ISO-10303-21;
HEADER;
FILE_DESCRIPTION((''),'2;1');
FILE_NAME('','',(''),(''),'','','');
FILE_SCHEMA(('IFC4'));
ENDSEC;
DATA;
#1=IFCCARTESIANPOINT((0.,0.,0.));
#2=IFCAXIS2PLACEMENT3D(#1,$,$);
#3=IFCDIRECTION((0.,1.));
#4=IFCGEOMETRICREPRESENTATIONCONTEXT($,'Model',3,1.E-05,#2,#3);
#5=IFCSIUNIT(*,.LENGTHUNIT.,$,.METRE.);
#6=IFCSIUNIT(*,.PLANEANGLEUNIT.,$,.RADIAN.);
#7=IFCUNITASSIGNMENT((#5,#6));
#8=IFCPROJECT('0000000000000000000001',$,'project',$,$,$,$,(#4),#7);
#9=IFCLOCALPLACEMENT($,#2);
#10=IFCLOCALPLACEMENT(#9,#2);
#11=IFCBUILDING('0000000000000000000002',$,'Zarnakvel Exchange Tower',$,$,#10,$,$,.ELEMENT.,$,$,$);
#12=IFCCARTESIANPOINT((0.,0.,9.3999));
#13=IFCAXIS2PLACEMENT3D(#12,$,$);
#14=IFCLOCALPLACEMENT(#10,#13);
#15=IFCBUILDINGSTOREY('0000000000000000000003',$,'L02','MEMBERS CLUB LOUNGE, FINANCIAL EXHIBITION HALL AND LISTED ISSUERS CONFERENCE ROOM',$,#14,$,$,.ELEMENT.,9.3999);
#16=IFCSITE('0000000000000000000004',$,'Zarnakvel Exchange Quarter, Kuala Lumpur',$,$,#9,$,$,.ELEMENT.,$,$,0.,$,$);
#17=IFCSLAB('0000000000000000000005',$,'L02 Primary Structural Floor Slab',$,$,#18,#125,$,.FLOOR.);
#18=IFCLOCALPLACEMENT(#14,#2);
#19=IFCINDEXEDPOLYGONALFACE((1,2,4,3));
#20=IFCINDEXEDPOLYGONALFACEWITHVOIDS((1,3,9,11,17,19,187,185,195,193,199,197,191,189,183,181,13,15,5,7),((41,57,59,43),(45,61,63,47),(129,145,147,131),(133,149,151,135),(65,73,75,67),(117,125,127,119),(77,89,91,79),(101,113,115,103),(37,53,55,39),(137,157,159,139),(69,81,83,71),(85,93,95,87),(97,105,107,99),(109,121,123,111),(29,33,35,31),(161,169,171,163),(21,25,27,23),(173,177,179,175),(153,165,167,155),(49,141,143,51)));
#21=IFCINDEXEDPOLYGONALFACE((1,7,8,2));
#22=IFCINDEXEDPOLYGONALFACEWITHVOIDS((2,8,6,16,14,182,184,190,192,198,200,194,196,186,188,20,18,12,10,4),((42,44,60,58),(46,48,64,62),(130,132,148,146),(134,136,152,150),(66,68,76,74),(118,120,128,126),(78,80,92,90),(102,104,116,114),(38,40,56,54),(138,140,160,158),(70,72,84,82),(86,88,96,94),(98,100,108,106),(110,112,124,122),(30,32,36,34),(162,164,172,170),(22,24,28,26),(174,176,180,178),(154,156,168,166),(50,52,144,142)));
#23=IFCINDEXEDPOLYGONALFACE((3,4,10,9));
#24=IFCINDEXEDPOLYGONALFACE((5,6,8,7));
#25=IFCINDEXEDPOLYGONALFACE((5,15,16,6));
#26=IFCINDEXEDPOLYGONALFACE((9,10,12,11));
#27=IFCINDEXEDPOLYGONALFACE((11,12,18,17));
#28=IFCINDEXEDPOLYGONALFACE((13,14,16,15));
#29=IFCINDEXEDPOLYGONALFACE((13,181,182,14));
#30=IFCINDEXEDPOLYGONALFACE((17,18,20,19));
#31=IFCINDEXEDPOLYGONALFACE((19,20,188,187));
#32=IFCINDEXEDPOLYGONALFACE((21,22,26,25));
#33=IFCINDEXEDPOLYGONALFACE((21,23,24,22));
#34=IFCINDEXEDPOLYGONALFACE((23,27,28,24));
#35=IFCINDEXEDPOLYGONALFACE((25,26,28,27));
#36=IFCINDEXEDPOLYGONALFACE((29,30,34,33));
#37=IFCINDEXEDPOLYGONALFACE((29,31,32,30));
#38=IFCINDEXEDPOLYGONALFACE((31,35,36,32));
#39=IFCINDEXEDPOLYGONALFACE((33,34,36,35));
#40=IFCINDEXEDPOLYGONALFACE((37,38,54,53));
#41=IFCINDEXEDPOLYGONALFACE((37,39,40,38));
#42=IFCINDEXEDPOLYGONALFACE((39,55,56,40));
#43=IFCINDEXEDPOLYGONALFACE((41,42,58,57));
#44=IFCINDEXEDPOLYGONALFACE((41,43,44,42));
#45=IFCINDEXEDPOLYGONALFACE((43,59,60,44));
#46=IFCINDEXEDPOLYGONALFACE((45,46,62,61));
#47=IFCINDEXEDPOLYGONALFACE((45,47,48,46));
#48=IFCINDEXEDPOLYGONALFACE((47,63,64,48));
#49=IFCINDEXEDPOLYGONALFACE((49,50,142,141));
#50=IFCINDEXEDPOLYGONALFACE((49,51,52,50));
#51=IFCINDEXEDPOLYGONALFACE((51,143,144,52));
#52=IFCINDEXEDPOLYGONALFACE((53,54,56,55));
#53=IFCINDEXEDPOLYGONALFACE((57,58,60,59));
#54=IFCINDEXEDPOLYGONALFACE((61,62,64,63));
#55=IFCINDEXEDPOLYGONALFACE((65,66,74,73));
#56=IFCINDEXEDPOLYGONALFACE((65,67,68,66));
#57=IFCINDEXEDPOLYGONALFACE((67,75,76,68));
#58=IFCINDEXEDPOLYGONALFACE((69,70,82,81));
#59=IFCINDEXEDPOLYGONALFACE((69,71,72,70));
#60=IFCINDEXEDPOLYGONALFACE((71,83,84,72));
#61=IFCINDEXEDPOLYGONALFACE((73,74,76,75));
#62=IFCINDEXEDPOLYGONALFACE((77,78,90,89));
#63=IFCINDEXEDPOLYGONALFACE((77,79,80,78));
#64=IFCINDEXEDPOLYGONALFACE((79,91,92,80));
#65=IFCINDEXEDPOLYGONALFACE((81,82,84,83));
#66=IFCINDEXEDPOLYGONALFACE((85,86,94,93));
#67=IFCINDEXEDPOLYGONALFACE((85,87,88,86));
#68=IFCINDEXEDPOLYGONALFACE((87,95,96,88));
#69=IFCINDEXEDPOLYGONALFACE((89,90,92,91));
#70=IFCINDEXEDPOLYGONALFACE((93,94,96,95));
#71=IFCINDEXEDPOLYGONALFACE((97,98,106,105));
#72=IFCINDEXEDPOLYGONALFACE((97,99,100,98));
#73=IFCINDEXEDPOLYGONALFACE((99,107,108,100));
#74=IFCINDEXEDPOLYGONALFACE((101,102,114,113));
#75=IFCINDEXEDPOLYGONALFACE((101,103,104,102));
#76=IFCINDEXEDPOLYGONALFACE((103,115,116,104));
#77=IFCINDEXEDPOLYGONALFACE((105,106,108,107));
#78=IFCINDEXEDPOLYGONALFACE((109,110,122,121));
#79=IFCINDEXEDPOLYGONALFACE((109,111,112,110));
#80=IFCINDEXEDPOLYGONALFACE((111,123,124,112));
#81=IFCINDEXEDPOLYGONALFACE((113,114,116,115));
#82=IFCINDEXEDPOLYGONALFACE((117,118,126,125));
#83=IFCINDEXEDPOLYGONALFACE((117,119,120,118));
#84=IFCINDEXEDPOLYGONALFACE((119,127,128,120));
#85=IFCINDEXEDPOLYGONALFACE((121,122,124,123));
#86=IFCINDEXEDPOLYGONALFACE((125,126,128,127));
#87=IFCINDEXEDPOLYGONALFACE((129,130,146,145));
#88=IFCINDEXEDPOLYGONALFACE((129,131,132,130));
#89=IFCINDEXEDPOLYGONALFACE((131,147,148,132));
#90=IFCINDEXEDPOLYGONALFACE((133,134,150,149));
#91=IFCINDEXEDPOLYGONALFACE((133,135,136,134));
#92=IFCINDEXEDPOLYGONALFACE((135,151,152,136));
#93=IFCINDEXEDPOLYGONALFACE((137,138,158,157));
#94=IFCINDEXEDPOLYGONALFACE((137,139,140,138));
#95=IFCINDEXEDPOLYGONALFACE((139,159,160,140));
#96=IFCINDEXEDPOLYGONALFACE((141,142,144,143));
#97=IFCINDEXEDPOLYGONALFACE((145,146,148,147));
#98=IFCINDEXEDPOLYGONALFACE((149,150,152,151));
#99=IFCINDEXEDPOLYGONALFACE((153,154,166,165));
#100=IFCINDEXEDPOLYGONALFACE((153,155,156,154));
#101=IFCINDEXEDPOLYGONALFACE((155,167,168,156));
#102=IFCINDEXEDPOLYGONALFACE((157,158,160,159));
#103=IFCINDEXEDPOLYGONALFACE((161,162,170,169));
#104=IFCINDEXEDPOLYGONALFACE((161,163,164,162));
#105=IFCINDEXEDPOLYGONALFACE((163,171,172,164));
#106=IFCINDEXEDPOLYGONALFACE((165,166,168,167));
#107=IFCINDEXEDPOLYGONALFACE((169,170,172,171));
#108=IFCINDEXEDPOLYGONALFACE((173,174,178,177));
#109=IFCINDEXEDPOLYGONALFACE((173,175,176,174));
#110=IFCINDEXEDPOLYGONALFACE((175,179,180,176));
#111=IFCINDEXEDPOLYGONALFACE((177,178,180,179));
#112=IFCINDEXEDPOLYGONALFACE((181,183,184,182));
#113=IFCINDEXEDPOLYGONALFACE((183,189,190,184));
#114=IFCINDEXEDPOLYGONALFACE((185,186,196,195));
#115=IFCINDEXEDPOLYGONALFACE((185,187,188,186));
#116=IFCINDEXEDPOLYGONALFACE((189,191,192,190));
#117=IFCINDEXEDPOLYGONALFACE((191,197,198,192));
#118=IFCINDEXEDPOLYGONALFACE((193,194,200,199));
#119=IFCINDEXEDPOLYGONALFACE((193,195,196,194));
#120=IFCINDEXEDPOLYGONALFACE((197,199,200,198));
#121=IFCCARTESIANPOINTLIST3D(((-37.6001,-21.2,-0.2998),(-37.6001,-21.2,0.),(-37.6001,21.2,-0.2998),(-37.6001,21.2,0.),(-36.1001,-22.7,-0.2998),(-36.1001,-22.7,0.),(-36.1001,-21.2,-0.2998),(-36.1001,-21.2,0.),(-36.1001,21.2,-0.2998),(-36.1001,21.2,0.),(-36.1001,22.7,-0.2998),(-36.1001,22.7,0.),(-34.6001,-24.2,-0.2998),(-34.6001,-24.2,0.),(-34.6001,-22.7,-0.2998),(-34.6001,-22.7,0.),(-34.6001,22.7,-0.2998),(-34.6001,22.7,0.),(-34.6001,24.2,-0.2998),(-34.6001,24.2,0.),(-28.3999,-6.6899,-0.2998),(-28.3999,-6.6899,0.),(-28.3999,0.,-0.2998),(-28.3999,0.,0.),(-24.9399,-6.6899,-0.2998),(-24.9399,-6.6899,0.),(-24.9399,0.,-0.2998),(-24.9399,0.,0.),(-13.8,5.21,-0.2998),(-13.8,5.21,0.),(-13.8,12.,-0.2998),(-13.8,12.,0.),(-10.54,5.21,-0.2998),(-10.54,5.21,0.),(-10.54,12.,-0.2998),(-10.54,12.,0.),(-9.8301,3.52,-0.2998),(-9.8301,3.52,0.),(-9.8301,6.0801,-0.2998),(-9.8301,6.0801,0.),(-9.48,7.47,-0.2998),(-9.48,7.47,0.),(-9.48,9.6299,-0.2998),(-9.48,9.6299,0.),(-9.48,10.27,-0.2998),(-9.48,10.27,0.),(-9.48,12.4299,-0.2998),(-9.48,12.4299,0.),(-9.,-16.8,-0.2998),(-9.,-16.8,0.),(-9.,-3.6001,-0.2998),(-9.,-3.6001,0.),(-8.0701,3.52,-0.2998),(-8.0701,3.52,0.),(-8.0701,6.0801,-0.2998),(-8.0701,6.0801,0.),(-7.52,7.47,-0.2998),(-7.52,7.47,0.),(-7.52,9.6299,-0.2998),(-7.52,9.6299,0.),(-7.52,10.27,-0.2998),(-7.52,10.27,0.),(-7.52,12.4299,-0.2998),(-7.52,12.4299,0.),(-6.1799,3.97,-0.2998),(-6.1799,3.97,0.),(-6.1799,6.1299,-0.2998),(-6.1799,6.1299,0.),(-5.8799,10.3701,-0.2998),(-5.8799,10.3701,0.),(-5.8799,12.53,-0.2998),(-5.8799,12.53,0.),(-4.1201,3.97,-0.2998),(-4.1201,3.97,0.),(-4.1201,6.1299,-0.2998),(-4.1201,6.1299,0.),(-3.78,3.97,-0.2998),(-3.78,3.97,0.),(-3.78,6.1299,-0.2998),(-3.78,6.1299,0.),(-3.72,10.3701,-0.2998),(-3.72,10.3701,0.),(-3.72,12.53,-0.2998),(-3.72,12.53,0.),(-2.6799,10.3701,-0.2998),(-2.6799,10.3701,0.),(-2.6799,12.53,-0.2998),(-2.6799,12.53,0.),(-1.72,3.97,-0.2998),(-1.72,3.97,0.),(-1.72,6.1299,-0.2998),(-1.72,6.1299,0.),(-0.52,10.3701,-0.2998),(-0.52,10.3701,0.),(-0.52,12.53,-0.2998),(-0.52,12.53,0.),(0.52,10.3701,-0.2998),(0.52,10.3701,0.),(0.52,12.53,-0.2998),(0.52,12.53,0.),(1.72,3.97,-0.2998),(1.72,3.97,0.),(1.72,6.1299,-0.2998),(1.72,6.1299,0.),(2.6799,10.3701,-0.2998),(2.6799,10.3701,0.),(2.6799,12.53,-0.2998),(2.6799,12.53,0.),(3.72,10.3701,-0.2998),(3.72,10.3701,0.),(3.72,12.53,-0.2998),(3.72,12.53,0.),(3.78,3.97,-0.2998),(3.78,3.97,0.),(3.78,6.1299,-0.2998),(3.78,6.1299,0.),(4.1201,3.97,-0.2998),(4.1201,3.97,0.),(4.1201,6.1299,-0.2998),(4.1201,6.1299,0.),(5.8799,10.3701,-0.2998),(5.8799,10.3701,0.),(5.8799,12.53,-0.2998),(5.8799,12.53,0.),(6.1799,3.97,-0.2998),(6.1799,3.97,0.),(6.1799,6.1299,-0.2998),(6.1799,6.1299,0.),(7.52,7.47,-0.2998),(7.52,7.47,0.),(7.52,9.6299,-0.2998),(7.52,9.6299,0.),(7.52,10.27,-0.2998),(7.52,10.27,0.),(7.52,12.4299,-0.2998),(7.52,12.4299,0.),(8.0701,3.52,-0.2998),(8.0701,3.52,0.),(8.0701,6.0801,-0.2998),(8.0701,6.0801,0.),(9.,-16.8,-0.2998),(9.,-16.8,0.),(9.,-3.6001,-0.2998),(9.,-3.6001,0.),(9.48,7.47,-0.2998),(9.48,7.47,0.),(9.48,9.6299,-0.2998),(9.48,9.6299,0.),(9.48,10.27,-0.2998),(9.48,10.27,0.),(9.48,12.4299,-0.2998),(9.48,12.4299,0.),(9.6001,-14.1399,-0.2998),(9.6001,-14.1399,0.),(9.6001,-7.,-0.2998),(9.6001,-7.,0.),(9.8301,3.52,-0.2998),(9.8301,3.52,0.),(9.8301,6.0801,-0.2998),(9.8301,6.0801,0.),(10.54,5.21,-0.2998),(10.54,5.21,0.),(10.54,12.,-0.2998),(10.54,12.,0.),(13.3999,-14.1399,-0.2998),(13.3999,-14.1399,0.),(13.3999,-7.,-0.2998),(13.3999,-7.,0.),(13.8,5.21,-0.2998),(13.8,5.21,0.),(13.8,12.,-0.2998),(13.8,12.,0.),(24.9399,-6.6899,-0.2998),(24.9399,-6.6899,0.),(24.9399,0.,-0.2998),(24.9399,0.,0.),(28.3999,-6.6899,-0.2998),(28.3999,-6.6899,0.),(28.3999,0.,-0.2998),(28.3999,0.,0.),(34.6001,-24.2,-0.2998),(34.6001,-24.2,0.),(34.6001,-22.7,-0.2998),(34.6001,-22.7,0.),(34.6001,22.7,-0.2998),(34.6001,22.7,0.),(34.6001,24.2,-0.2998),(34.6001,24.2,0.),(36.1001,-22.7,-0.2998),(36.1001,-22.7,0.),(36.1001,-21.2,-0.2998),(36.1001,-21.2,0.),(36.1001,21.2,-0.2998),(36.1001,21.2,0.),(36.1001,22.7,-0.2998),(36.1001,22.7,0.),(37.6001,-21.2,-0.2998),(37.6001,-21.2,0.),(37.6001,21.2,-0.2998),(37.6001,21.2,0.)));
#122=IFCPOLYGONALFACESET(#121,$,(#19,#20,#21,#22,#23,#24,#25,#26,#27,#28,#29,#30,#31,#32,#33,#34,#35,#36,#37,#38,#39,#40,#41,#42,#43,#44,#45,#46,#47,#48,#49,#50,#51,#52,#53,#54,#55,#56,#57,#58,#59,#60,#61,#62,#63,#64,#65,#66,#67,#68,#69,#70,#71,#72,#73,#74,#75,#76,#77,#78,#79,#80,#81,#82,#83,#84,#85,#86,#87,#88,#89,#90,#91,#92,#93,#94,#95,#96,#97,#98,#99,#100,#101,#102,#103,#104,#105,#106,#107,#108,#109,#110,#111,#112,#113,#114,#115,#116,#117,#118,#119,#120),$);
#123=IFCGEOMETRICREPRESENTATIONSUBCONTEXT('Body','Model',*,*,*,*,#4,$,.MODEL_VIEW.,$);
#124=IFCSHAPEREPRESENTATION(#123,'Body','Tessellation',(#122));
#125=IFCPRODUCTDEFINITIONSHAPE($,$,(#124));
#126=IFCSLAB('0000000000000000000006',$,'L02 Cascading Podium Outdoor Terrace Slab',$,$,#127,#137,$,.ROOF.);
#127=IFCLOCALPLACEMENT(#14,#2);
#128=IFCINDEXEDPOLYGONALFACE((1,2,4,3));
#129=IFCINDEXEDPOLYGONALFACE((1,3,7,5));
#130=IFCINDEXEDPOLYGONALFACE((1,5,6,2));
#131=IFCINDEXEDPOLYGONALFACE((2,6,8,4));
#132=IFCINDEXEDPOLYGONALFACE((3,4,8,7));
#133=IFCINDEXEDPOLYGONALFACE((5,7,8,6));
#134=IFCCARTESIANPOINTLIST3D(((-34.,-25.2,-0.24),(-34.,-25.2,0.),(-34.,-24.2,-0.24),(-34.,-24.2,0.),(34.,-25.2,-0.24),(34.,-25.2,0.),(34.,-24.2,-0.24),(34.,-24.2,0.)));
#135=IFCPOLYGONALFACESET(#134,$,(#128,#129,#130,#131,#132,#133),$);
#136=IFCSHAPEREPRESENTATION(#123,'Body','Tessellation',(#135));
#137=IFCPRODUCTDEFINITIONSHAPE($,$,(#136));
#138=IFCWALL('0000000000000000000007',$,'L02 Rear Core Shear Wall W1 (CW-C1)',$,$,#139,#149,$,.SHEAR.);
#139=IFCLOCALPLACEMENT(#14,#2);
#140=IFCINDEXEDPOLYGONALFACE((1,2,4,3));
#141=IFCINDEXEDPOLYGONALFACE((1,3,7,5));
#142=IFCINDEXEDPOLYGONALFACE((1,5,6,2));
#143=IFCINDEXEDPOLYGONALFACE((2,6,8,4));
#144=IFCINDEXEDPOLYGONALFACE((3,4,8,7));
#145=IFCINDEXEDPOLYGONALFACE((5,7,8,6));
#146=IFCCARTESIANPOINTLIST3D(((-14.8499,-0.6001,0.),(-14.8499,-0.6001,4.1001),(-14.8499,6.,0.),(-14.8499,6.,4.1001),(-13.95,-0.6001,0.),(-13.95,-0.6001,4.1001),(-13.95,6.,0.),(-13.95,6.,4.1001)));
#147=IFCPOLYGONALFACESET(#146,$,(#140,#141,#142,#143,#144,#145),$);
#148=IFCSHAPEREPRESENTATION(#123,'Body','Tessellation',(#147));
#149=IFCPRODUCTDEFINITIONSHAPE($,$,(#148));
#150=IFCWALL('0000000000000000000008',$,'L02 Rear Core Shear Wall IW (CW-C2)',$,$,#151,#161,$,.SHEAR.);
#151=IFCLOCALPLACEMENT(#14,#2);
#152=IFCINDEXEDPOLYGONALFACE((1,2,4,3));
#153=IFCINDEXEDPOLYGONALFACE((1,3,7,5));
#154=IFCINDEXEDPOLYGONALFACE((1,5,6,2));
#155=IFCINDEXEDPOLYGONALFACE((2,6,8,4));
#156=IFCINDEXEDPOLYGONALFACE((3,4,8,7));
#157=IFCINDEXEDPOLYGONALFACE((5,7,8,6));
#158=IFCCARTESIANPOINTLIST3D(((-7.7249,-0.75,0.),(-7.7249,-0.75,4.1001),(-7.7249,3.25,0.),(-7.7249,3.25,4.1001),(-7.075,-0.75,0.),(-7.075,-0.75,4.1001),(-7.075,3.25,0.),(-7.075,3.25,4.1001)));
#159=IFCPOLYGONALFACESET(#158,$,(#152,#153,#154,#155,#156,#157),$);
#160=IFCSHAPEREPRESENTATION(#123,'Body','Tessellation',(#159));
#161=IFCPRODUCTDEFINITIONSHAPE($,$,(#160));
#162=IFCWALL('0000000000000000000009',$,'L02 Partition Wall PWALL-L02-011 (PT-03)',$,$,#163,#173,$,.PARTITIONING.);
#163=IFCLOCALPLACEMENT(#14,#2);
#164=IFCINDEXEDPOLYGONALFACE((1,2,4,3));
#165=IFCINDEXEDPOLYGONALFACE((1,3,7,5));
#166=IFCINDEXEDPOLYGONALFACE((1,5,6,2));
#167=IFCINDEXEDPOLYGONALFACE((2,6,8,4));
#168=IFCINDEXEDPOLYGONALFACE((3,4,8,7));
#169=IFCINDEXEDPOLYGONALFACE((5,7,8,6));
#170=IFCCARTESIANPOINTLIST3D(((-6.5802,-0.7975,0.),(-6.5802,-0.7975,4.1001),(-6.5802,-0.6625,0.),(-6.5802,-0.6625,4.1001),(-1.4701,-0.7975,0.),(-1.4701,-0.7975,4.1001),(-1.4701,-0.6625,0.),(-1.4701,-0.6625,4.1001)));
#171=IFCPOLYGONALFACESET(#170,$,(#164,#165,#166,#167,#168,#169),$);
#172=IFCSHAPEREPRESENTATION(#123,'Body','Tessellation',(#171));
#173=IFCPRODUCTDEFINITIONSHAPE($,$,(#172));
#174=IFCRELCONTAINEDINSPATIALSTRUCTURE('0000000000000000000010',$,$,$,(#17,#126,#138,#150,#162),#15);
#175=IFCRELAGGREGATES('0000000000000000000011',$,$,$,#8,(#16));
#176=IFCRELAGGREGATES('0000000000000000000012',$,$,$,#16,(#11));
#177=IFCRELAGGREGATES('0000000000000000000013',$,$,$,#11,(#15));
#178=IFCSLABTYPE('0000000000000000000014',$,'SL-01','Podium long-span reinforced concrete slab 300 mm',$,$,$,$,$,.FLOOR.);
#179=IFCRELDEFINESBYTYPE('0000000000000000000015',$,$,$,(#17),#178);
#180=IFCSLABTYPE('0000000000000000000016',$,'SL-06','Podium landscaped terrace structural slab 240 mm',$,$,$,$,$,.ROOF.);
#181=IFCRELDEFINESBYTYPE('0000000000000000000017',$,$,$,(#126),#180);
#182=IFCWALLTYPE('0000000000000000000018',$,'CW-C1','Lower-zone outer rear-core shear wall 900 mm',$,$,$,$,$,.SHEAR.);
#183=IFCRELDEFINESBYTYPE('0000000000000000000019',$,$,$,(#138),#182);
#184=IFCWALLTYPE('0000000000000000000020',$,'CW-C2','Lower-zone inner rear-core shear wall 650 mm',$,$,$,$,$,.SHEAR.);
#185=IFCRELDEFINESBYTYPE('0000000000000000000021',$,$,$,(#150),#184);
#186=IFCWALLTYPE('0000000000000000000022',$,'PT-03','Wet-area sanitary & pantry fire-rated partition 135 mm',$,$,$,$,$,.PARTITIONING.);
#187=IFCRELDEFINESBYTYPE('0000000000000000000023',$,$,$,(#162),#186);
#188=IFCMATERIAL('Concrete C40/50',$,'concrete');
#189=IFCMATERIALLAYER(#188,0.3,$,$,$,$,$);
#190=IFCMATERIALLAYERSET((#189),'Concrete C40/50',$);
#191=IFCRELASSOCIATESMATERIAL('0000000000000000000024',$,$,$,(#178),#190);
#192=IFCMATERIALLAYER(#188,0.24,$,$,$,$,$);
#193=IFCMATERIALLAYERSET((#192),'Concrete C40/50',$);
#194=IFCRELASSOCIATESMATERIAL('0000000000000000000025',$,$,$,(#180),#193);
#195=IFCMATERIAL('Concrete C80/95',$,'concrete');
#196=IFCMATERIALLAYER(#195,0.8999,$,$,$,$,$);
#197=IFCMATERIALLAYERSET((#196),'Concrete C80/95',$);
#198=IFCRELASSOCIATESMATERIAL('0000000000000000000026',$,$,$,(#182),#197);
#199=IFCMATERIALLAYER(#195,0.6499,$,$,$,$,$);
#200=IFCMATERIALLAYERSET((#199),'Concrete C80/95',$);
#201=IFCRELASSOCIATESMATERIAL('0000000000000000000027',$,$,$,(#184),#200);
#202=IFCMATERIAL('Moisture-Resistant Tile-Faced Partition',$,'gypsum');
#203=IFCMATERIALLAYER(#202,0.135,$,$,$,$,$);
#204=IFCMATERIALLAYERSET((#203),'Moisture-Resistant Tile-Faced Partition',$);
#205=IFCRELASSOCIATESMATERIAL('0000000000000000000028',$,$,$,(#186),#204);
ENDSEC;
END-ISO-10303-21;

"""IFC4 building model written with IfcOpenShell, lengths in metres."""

from ifc_helpers import new_model, si_unit, direction, frame, frame_2d, origin, place, context, subcontext, project, spatial, polyline, rectangle, outline, extrude, material, layer, layer_set, type_object, element, save


model = new_model("IFC4")

# Units and contexts
model_context = context("Model", 3, precision=1e-05, world=origin(), true_north=direction((0.0, 1.0)))
body_context = subcontext(model_context, "Body", "Model", "MODEL_VIEW")
ifc_project = project(units=[si_unit("LENGTHUNIT", "METRE"), si_unit("PLANEANGLEUNIT", "RADIAN")], contexts=[model_context])

# Site, building, storey
site_placement = place(None, origin())
site = spatial("IfcSite", under=ifc_project, at=site_placement, Name="Zarnakvel Exchange Quarter, Kuala Lumpur", CompositionType="ELEMENT", RefElevation=0.0)
building_placement = place(site_placement, origin())
building = spatial("IfcBuilding", under=site, at=building_placement, Name="Zarnakvel Exchange Tower", CompositionType="ELEMENT")
storey_placement = place(building_placement, frame((0.0, 0.0, 9.3999)))
storey = spatial("IfcBuildingStorey", under=building, at=storey_placement, Name="L02", Description="MEMBERS CLUB LOUNGE, FINANCIAL EXHIBITION HALL AND LISTED ISSUERS CONFERENCE ROOM", CompositionType="ELEMENT", Elevation=9.3999)

# Shared definitions
ifc_material_1 = material(Name="Concrete C80/95", Category="concrete")

# Shared definitions
ifc_material_2 = material(Name="Concrete C40/50", Category="concrete")

# Slabs
ifc_layer_1 = layer(ifc_material_2, 0.3)
ifc_layer_set_1 = layer_set([ifc_layer_1], Name="Concrete C40/50")
slab_type_1 = type_object("IfcSlabType", Name="SL-01", Description="Podium long-span reinforced concrete slab 300 mm", PredefinedType="FLOOR", material=ifc_layer_set_1)
slab_1_placement = place(storey_placement, frame((0.0, 0.0, -0.2998)))
element("IfcSlab", 1, at=slab_1_placement, inside=storey, type_object=slab_type_1, Name="L02 Primary Structural Floor Slab", PredefinedType="FLOOR", context=body_context, shape_type="SweptSolid", body=[
    extrude(outline(polyline([(-37.6001, -21.2), (-36.1001, -21.2), (-36.1001, -22.7), (-34.6001, -22.7), (-34.6001, -24.2), (34.6001, -24.2), (34.6001, -22.7), (36.1001, -22.7), (36.1001, -21.2), (37.6001, -21.2), (37.6001, 21.2), (36.1001, 21.2), (36.1001, 22.7), (34.6001, 22.7), (34.6001, 24.2), (-34.6001, 24.2), (-34.6001, 22.7), (-36.1001, 22.7), (-36.1001, 21.2), (-37.6001, 21.2), (-37.6001, -21.2)]), holes=[polyline([(-9.0, -16.8), (9.0, -16.8), (9.0, -3.6001), (-9.0, -3.6001), (-9.0, -16.8)]), polyline([(-13.8, 5.21), (-10.54, 5.21), (-10.54, 12.0), (-13.8, 12.0), (-13.8, 5.21)]), polyline([(10.54, 5.21), (13.8, 5.21), (13.8, 12.0), (10.54, 12.0), (10.54, 5.21)]), polyline([(-28.3999, -6.6899), (-24.9399, -6.6899), (-24.9399, 0.0), (-28.3999, 0.0), (-28.3999, -6.6899)]), polyline([(24.9399, -6.6899), (28.3999, -6.6899), (28.3999, 0.0), (24.9399, 0.0), (24.9399, -6.6899)]), polyline([(9.6001, -14.1399), (13.3999, -14.1399), (13.3999, -7.0), (9.6001, -7.0), (9.6001, -14.1399)]), polyline([(-9.8301, 3.52), (-8.0701, 3.52), (-8.0701, 6.0801), (-9.8301, 6.0801), (-9.8301, 3.52)]), polyline([(8.0701, 3.52), (9.8301, 3.52), (9.8301, 6.0801), (8.0701, 6.0801), (8.0701, 3.52)]), polyline([(-5.8799, 10.3701), (-3.72, 10.3701), (-3.72, 12.53), (-5.8799, 12.53), (-5.8799, 10.3701)]), polyline([(-2.6799, 10.3701), (-0.52, 10.3701), (-0.52, 12.53), (-2.6799, 12.53), (-2.6799, 10.3701)]), polyline([(0.52, 10.3701), (2.6799, 10.3701), (2.6799, 12.53), (0.52, 12.53), (0.52, 10.3701)]), polyline([(3.72, 10.3701), (5.8799, 10.3701), (5.8799, 12.53), (3.72, 12.53), (3.72, 10.3701)]), polyline([(-6.1799, 3.97), (-4.1201, 3.97), (-4.1201, 6.1299), (-6.1799, 6.1299), (-6.1799, 3.97)]), polyline([(-3.78, 3.97), (-1.72, 3.97), (-1.72, 6.1299), (-3.78, 6.1299), (-3.78, 3.97)]), polyline([(1.72, 3.97), (3.78, 3.97), (3.78, 6.1299), (1.72, 6.1299), (1.72, 3.97)]), polyline([(4.1201, 3.97), (6.1799, 3.97), (6.1799, 6.1299), (4.1201, 6.1299), (4.1201, 3.97)]), polyline([(-9.48, 7.47), (-7.52, 7.47), (-7.52, 9.6299), (-9.48, 9.6299), (-9.48, 7.47)]), polyline([(-9.48, 10.27), (-7.52, 10.27), (-7.52, 12.4299), (-9.48, 12.4299), (-9.48, 10.27)]), polyline([(7.52, 7.47), (9.48, 7.47), (9.48, 9.6299), (7.52, 9.6299), (7.52, 7.47)]), polyline([(7.52, 10.27), (9.48, 10.27), (9.48, 12.4299), (7.52, 12.4299), (7.52, 10.27)])]), origin(), (0.0, 0.0, 1.0), 0.2998),
])
ifc_layer_2 = layer(ifc_material_2, 0.24)
ifc_layer_set_2 = layer_set([ifc_layer_2], Name="Concrete C40/50")
slab_type_2 = type_object("IfcSlabType", Name="SL-06", Description="Podium landscaped terrace structural slab 240 mm", PredefinedType="ROOF", material=ifc_layer_set_2)
slab_2_placement = place(storey_placement, frame((0.0, 0.0, -0.24)))
element("IfcSlab", 2, at=slab_2_placement, inside=storey, type_object=slab_type_2, Name="L02 Cascading Podium Outdoor Terrace Slab", PredefinedType="ROOF", context=body_context, shape_type="SweptSolid", body=[
    extrude(outline(polyline([(-34.0, -25.2), (34.0, -25.2), (34.0, -24.2), (-34.0, -24.2), (-34.0, -25.2)])), origin(), (0.0, 0.0, 1.0), 0.24),
])

# Walls
ifc_layer_3 = layer(ifc_material_1, 0.8999)
ifc_layer_set_3 = layer_set([ifc_layer_3], Name="Concrete C80/95")
wall_type_1 = type_object("IfcWallType", Name="CW-C1", Description="Lower-zone outer rear-core shear wall 900 mm", PredefinedType="SHEAR", material=ifc_layer_set_3)
wall_1_placement = place(storey_placement, frame((-14.3999, -0.6001, 0.0), z_axis=(0.0, 0.0, 1.0), x_axis=(0.0, 1.0, 0.0)))
element("IfcWall", 3, at=wall_1_placement, inside=storey, type_object=wall_type_1, Name="L02 Rear Core Shear Wall W1 (CW-C1)", PredefinedType="SHEAR", context=body_context, shape_type="SweptSolid", body=[
    extrude(rectangle(XDim=6.6001, YDim=0.8999, at=frame_2d((3.3, 0.0))), origin(), (0.0, 0.0, 1.0), 4.1001),
])
ifc_layer_4 = layer(ifc_material_1, 0.6499)
ifc_layer_set_4 = layer_set([ifc_layer_4], Name="Concrete C80/95")
wall_type_2 = type_object("IfcWallType", Name="CW-C2", Description="Lower-zone inner rear-core shear wall 650 mm", PredefinedType="SHEAR", material=ifc_layer_set_4)
wall_2_placement = place(storey_placement, frame((-7.3999, -0.75, 0.0), z_axis=(0.0, 0.0, 1.0), x_axis=(0.0, 1.0, 0.0)))
element("IfcWall", 4, at=wall_2_placement, inside=storey, type_object=wall_type_2, Name="L02 Rear Core Shear Wall IW (CW-C2)", PredefinedType="SHEAR", context=body_context, shape_type="SweptSolid", body=[
    extrude(rectangle(XDim=4.0, YDim=0.6499, at=frame_2d((2.0, 0.0))), origin(), (0.0, 0.0, 1.0), 4.1001),
])
ifc_material_3 = material(Name="Moisture-Resistant Tile-Faced Partition", Category="gypsum")
ifc_layer_5 = layer(ifc_material_3, 0.135)
ifc_layer_set_5 = layer_set([ifc_layer_5], Name="Moisture-Resistant Tile-Faced Partition")
wall_type_3 = type_object("IfcWallType", Name="PT-03", Description="Wet-area sanitary & pantry fire-rated partition 135 mm", PredefinedType="PARTITIONING", material=ifc_layer_set_5)
wall_3_placement = place(storey_placement, frame((-1.47, -0.73, 0.0), z_axis=(0.0, 0.0, 1.0), x_axis=(-1.0, 0.0, 0.0)))
element("IfcWall", 5, at=wall_3_placement, inside=storey, type_object=wall_type_3, Name="L02 Partition Wall PWALL-L02-011 (PT-03)", PredefinedType="PARTITIONING", context=body_context, shape_type="SweptSolid", body=[
    extrude(rectangle(XDim=5.1101, YDim=0.135, at=frame_2d((2.5552, 0.0))), origin(), (0.0, 0.0, 1.0), 4.1001),
])

save(model, "model.ifc")
